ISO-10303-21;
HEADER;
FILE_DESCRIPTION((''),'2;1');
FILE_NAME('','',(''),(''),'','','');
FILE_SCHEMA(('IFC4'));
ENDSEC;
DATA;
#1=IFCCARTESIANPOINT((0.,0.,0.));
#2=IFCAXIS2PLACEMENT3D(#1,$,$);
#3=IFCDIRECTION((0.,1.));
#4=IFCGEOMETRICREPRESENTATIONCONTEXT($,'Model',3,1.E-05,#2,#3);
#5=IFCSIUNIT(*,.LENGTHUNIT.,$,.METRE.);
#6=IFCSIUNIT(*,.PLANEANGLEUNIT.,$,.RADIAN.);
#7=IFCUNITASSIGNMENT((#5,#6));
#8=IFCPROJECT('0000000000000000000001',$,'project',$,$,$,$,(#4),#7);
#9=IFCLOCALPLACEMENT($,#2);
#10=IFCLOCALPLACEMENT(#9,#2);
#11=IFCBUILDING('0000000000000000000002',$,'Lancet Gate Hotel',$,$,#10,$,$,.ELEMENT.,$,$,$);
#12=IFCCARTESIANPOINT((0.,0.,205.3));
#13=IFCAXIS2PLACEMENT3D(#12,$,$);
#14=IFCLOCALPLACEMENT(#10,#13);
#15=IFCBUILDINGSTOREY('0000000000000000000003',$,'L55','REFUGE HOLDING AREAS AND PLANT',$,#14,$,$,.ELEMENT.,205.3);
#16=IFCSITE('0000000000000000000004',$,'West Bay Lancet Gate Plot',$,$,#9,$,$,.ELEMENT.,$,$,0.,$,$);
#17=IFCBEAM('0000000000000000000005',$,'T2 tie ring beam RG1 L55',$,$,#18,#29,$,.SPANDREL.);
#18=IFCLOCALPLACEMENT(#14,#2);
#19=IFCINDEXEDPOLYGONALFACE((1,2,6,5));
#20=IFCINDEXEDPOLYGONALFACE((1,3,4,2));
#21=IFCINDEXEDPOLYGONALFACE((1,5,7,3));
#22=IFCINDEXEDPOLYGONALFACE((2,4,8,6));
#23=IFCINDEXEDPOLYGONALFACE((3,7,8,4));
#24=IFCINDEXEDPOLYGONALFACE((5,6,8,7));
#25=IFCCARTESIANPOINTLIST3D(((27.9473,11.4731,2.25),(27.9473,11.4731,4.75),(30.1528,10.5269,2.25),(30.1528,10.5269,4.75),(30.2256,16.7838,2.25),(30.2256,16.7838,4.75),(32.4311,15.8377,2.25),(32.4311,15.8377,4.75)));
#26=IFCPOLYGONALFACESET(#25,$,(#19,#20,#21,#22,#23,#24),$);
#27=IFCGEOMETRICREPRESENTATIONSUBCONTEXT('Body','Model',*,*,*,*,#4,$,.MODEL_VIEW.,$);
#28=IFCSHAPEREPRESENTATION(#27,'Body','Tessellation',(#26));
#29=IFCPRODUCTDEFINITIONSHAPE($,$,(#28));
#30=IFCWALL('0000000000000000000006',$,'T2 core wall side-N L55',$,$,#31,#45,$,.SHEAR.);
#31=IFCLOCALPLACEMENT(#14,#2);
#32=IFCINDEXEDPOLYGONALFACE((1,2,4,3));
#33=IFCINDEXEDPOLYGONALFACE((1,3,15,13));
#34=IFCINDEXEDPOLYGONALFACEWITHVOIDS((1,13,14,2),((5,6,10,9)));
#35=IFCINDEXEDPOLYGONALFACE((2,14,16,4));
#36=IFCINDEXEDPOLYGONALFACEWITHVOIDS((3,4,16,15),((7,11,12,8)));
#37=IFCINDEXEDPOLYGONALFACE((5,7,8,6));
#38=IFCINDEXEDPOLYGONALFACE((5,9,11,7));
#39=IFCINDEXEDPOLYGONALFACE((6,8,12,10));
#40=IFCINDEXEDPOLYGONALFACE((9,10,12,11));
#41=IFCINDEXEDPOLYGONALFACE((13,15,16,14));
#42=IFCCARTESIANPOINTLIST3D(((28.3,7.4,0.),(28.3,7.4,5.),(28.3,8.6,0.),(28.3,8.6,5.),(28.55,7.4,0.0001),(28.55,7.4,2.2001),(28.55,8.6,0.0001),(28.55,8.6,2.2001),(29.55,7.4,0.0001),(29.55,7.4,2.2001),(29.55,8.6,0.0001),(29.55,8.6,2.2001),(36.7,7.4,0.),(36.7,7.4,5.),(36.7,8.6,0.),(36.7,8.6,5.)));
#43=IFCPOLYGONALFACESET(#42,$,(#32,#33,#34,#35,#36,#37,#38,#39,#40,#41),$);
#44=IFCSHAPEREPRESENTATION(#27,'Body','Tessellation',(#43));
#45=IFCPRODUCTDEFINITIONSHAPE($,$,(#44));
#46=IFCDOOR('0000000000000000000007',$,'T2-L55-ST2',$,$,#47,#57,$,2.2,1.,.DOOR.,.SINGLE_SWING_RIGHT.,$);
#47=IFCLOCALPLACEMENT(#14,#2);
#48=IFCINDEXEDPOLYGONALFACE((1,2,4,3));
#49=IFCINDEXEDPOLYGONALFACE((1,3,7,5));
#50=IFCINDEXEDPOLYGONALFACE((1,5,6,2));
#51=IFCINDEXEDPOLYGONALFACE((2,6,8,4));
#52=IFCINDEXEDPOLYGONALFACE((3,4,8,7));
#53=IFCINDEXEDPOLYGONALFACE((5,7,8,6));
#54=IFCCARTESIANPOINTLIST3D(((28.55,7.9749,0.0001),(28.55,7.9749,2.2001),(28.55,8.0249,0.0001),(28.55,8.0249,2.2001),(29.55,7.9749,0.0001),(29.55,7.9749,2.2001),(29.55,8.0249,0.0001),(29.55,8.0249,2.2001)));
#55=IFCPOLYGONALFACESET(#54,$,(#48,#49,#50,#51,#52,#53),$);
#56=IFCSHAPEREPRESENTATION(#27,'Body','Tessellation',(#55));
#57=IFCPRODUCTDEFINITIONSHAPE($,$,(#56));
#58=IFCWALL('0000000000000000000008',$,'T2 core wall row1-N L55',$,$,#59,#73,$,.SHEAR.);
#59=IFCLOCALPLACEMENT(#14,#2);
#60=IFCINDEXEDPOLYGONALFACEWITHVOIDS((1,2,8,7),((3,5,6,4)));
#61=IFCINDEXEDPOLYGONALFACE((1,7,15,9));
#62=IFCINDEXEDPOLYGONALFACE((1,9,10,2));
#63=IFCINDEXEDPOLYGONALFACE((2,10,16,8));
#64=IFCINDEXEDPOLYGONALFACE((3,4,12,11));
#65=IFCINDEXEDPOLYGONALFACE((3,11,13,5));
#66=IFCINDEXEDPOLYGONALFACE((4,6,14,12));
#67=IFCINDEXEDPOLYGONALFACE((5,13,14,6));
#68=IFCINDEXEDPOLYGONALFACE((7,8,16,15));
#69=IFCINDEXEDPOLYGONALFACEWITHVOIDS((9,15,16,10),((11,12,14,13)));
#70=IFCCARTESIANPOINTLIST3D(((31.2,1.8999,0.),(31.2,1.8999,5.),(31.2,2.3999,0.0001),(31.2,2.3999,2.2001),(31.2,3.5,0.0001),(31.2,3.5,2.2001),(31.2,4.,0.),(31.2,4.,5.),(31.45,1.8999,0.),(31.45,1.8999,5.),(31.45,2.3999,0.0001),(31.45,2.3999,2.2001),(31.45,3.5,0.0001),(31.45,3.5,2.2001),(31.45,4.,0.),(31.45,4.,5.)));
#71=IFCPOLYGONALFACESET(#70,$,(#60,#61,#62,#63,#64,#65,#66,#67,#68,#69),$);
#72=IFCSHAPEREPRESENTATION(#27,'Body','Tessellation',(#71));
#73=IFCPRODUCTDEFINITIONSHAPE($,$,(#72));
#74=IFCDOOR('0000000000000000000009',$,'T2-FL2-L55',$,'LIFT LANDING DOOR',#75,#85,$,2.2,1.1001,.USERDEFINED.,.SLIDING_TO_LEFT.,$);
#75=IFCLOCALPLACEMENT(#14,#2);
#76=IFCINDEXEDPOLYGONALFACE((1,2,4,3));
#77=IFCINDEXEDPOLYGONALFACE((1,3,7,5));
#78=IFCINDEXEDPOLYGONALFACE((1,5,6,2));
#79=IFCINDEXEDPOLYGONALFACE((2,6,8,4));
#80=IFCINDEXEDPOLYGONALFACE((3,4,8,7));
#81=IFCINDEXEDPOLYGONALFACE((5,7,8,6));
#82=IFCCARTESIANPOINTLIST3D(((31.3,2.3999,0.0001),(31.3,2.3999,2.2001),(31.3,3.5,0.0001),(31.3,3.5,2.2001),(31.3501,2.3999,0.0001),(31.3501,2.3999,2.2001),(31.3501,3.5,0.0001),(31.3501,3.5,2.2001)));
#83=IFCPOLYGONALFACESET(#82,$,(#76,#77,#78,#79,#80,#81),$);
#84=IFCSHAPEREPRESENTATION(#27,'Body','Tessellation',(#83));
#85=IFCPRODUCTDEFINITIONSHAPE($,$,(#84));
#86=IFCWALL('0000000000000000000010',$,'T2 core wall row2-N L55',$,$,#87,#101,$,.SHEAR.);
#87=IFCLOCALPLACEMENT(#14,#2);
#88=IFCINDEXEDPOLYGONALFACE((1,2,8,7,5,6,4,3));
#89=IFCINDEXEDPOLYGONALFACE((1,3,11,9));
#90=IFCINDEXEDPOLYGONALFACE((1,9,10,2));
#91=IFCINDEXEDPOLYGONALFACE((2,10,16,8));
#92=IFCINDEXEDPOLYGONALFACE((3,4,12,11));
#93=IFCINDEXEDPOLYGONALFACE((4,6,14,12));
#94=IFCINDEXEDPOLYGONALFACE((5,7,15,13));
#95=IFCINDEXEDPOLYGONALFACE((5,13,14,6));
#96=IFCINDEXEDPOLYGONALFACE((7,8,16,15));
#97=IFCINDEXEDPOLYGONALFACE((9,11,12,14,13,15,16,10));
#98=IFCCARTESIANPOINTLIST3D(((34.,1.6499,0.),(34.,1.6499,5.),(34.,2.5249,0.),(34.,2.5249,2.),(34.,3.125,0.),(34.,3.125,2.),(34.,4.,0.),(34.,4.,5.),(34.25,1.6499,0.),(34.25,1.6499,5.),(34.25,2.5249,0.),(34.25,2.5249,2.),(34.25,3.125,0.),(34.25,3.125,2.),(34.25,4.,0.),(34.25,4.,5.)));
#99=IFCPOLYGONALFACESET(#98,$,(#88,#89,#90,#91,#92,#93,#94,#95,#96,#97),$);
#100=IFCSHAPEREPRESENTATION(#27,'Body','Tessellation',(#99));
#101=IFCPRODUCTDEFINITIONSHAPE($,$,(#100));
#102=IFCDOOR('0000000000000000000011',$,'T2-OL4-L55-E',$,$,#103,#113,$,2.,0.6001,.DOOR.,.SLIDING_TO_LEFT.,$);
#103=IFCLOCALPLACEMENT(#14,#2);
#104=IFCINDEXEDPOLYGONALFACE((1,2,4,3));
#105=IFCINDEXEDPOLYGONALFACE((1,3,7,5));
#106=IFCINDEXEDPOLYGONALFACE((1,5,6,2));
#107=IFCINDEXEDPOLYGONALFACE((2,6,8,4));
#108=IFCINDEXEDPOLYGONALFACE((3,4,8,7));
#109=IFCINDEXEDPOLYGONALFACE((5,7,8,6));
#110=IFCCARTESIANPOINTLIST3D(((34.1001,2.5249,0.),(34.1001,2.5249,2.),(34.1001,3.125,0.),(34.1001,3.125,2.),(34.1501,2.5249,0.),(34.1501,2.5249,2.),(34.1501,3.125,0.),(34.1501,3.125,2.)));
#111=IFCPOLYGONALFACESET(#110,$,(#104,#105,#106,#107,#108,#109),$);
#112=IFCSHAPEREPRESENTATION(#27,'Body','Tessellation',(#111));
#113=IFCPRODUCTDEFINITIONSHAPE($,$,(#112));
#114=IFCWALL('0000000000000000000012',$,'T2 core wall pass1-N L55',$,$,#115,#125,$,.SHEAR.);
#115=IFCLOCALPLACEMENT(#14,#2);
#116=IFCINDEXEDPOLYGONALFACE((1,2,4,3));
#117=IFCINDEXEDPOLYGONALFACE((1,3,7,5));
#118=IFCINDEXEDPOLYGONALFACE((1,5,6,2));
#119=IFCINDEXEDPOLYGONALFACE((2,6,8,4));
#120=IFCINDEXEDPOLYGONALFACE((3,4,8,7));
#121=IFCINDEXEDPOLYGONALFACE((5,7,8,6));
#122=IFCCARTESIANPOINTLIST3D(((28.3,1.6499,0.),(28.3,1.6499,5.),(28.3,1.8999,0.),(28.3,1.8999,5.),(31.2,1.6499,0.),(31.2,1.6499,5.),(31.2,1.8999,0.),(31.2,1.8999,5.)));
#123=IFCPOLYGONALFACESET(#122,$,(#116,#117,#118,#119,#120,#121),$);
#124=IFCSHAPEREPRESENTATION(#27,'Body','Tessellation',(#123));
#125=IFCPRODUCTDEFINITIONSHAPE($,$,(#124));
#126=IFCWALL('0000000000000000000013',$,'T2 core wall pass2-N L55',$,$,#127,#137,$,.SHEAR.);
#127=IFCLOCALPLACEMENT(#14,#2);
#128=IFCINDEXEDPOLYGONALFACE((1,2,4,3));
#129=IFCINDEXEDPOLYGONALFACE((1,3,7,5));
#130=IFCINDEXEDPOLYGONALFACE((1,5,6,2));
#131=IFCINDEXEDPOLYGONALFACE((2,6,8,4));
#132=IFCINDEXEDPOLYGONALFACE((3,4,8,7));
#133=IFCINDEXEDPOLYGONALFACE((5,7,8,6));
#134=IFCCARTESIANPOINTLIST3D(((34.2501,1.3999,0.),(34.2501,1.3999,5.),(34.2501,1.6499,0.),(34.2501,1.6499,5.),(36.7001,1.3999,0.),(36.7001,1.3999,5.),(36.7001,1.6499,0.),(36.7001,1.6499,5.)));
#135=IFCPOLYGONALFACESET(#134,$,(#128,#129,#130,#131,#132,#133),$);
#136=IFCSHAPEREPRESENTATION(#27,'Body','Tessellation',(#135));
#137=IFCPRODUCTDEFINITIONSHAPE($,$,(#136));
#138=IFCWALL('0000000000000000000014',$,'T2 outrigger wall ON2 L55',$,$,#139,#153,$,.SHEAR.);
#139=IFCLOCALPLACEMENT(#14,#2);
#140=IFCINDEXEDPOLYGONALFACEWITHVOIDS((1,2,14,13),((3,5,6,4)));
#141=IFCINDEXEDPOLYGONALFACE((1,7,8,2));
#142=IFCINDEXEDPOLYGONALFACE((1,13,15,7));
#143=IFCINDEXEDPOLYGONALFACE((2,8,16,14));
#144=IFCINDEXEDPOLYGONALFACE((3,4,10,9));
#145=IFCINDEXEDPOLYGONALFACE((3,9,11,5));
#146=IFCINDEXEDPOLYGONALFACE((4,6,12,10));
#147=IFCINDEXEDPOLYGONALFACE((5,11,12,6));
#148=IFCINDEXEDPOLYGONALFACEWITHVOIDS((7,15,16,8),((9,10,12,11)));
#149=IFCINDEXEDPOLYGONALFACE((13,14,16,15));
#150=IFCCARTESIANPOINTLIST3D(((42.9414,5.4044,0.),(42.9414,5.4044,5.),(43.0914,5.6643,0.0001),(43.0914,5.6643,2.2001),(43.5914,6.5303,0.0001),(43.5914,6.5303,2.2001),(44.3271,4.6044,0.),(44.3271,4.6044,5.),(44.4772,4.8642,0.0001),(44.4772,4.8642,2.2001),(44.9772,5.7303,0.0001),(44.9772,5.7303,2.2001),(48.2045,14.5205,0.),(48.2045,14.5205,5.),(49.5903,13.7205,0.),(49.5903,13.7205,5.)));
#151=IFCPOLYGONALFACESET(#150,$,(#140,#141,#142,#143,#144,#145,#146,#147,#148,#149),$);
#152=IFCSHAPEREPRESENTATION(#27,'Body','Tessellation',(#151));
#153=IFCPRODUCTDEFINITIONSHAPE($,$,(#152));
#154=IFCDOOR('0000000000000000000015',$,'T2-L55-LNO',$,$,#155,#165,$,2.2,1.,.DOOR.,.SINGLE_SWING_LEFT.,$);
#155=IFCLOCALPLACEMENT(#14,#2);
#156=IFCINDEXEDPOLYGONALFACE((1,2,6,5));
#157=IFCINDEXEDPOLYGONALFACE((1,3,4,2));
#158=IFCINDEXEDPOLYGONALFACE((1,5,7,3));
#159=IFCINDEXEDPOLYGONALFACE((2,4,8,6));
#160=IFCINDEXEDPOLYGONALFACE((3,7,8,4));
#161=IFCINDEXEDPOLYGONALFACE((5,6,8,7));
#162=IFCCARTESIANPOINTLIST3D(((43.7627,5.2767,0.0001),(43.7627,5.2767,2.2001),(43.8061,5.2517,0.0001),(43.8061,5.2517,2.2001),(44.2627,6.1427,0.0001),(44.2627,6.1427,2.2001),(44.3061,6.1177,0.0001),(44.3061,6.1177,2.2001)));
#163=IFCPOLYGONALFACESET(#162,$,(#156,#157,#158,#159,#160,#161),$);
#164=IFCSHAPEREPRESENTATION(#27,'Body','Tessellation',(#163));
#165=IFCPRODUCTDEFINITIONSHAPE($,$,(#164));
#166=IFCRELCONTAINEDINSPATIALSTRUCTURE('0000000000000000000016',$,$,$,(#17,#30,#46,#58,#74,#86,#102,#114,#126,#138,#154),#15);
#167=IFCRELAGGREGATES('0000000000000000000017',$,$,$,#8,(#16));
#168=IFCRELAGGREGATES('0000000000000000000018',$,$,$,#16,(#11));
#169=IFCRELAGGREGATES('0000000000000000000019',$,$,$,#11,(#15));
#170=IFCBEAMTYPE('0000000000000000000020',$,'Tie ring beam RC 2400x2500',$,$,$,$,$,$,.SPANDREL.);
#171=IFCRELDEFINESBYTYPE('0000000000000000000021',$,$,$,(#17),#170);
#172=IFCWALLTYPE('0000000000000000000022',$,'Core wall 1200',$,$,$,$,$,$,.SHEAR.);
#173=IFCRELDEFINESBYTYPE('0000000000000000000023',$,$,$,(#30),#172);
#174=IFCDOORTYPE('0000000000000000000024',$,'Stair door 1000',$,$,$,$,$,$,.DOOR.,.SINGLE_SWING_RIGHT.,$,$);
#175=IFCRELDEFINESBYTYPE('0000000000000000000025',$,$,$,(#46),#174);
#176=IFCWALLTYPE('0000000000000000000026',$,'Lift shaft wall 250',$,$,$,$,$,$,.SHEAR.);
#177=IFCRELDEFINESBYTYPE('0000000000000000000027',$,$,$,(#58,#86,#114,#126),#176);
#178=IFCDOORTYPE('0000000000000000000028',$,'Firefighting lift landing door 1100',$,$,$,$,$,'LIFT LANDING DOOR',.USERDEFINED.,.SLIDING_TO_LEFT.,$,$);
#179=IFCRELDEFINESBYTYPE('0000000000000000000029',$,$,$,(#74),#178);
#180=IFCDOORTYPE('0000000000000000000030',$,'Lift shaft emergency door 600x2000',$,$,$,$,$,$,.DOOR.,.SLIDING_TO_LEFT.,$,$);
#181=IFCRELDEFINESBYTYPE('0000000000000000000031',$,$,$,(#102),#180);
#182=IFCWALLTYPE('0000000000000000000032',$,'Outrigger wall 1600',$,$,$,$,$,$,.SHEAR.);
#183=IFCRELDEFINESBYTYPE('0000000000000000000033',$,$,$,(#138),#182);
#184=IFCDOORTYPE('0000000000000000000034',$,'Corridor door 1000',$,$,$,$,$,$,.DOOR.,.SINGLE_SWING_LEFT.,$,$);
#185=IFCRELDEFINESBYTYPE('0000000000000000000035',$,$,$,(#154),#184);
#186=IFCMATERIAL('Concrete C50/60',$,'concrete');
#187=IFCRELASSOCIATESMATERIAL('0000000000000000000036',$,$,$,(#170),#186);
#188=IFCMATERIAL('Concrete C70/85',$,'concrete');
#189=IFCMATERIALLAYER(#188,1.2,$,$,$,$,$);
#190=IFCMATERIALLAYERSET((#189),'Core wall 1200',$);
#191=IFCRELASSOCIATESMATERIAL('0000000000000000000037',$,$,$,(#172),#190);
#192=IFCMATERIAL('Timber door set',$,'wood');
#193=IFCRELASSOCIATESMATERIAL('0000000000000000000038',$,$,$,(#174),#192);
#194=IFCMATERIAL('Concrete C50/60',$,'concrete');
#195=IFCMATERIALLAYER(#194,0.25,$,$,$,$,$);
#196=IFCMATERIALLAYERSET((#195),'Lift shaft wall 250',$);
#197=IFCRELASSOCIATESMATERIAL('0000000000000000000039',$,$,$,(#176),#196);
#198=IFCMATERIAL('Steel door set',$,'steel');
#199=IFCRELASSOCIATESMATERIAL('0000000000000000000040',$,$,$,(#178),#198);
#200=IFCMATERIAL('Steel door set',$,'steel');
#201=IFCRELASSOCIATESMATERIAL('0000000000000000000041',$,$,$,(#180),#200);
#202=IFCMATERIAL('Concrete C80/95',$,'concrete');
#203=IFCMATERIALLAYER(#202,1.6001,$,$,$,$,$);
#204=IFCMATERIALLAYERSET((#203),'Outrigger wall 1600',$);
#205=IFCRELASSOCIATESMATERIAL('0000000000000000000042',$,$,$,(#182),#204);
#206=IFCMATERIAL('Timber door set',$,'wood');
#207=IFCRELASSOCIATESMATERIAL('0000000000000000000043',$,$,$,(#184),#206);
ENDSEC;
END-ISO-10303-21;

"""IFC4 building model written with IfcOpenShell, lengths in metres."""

from ifc_helpers import new_model, si_unit, direction, frame, frame_2d, origin, origin_2d, place, context, subcontext, project, spatial, rectangle, extrude, material, layer, layer_set, material_profile, profile_set, type_object, element, fill, save


model = new_model("IFC4")

# Units and contexts
model_context = context("Model", 3, precision=1e-05, world=origin(), true_north=direction((0.0, 1.0)))
body_context = subcontext(model_context, "Body", "Model", "MODEL_VIEW")
ifc_project = project(units=[si_unit("LENGTHUNIT", "METRE"), si_unit("PLANEANGLEUNIT", "RADIAN")], contexts=[model_context])

# Site, building, storey
site_placement = place(None, origin())
site = spatial("IfcSite", under=ifc_project, at=site_placement, Name="West Bay Lancet Gate Plot", CompositionType="ELEMENT", RefElevation=0.0)
building_placement = place(site_placement, origin())
building = spatial("IfcBuilding", under=site, at=building_placement, Name="Lancet Gate Hotel", CompositionType="ELEMENT")
storey_placement = place(building_placement, frame((0.0, 0.0, 205.3)))
storey = spatial("IfcBuildingStorey", under=building, at=storey_placement, Name="L55", Description="REFUGE HOLDING AREAS AND PLANT", CompositionType="ELEMENT", Elevation=205.3)

# Beam
ifc_material_1 = material(Name="Concrete C50/60", Category="concrete")
ifc_material_profile_1 = material_profile(ifc_material_1, rectangle(XDim=2.3999, YDim=2.5, at=origin_2d()), Name="RC 2400x2500")
ifc_profile_set_1 = profile_set([ifc_material_profile_1], Name="Concrete C50/60")
beam_type_1 = type_object("IfcBeamType", Name="Tie ring beam RC 2400x2500", PredefinedType="SPANDREL", material=ifc_profile_set_1)
beam_1_placement = place(storey_placement, frame((29.05, 11.0, 3.5), z_axis=(0.394251, 0.919003, 0.0), x_axis=(-0.919003, 0.394251, 0.0)))
element("IfcBeam", 1, at=beam_1_placement, inside=storey, type_object=beam_type_1, Name="T2 tie ring beam RG1 L55", PredefinedType="SPANDREL", context=body_context, shape_type="SweptSolid", body=[
    extrude(rectangle(XDim=2.3999, YDim=2.5, at=origin_2d()), origin(), (0.0, 0.0, 1.0), 5.7788),
])

# Walls, openings, doors
ifc_material_2 = material(Name="Concrete C70/85", Category="concrete")
ifc_layer_1 = layer(ifc_material_2, 1.2)
ifc_layer_set_1 = layer_set([ifc_layer_1], Name="Core wall 1200")
wall_type_1 = type_object("IfcWallType", Name="Core wall 1200", PredefinedType="SHEAR", material=ifc_layer_set_1)
wall_1_placement = place(storey_placement, frame((28.3, 8.0, 0.0), z_axis=(0.0, 0.0, 1.0), x_axis=(1.0, 0.0, 0.0)))
wall_1 = element("IfcWall", 2, at=wall_1_placement, inside=storey, type_object=wall_type_1, Name="T2 core wall side-N L55", PredefinedType="SHEAR", context=body_context, shape_type="SweptSolid", body=[
    extrude(rectangle(XDim=8.3999, YDim=1.2, at=frame_2d((4.2, 0.0))), origin(), (0.0, 0.0, 1.0), 5.0),
])
opening_1_placement = place(wall_1_placement, frame((0.25, 0.0, 0.0)))
opening_1 = element("IfcOpeningElement", 3, at=opening_1_placement, cuts=wall_1, PredefinedType="OPENING", context=body_context, shape_type="SweptSolid", body=[
    extrude(rectangle(XDim=1.0, YDim=2.2, at=frame_2d((0.5, 1.1001))), frame((0.0, 0.6099, 0.0), z_axis=(0.0, -1.0, 0.0), x_axis=(1.0, 0.0, 0.0)), (0.0, 0.0, 1.0), 1.22),
])
ifc_material_3 = material(Name="Timber door set", Category="wood")
door_type_1 = type_object("IfcDoorType", Name="Stair door 1000", OperationType="SINGLE_SWING_RIGHT", PredefinedType="DOOR", material=ifc_material_3)
door_1_placement = place(opening_1_placement, origin())
door_1 = element("IfcDoor", 4, at=door_1_placement, inside=storey, type_object=door_type_1, Name="T2-L55-ST2", OperationType="SINGLE_SWING_RIGHT", OverallHeight=2.2, OverallWidth=1.0, PredefinedType="DOOR", context=body_context, shape_type="SweptSolid", body=[
    extrude(rectangle(XDim=1.0, YDim=2.2, at=frame_2d((0.5, 1.1001))), frame((0.0, 0.0249, 0.0), z_axis=(0.0, -1.0, 0.0), x_axis=(1.0, 0.0, 0.0)), (0.0, 0.0, 1.0), 0.05),
])
fill(opening_1, door_1)
ifc_material_4 = material(Name="Concrete C50/60", Category="concrete")
ifc_layer_2 = layer(ifc_material_4, 0.25)
ifc_layer_set_2 = layer_set([ifc_layer_2], Name="Lift shaft wall 250")
wall_type_2 = type_object("IfcWallType", Name="Lift shaft wall 250", PredefinedType="SHEAR", material=ifc_layer_set_2)
wall_2_placement = place(storey_placement, frame((31.325, 1.8999, 0.0), z_axis=(0.0, 0.0, 1.0), x_axis=(0.0, 1.0, 0.0)))
wall_2 = element("IfcWall", 5, at=wall_2_placement, inside=storey, type_object=wall_type_2, Name="T2 core wall row1-N L55", PredefinedType="SHEAR", context=body_context, shape_type="SweptSolid", body=[
    extrude(rectangle(XDim=2.1001, YDim=0.25, at=frame_2d((1.05, 0.0))), origin(), (0.0, 0.0, 1.0), 5.0),
])
opening_2_placement = place(wall_2_placement, frame((0.5, 0.0, 0.0)))
opening_2 = element("IfcOpeningElement", 6, at=opening_2_placement, cuts=wall_2, PredefinedType="OPENING", context=body_context, shape_type="SweptSolid", body=[
    extrude(rectangle(XDim=1.1001, YDim=2.2, at=frame_2d((0.55, 1.1001))), frame((0.0, 0.135, 0.0), z_axis=(0.0, -1.0, 0.0), x_axis=(1.0, 0.0, 0.0)), (0.0, 0.0, 1.0), 0.27),
])
ifc_material_5 = material(Name="Steel door set", Category="steel")
door_type_2 = type_object("IfcDoorType", Name="Firefighting lift landing door 1100", ElementType="LIFT LANDING DOOR", OperationType="SLIDING_TO_LEFT", PredefinedType="USERDEFINED", material=ifc_material_5)
door_2_placement = place(opening_2_placement, origin())
door_2 = element("IfcDoor", 7, at=door_2_placement, inside=storey, type_object=door_type_2, Name="T2-FL2-L55", ObjectType="LIFT LANDING DOOR", OperationType="SLIDING_TO_LEFT", OverallHeight=2.2, OverallWidth=1.1001, PredefinedType="USERDEFINED", context=body_context, shape_type="SweptSolid", body=[
    extrude(rectangle(XDim=1.1001, YDim=2.2, at=frame_2d((0.55, 1.1001))), frame((0.0, 0.0249, 0.0), z_axis=(0.0, -1.0, 0.0), x_axis=(1.0, 0.0, 0.0)), (0.0, 0.0, 1.0), 0.05),
])
fill(opening_2, door_2)
wall_3_placement = place(storey_placement, frame((34.125, 1.6499, 0.0), z_axis=(0.0, 0.0, 1.0), x_axis=(0.0, 1.0, 0.0)))
wall_3 = element("IfcWall", 8, at=wall_3_placement, inside=storey, type_object=wall_type_2, Name="T2 core wall row2-N L55", PredefinedType="SHEAR", context=body_context, shape_type="SweptSolid", body=[
    extrude(rectangle(XDim=2.3501, YDim=0.25, at=frame_2d((1.175, 0.0))), origin(), (0.0, 0.0, 1.0), 5.0),
])
opening_3_placement = place(wall_3_placement, frame((0.875, 0.0, 0.0)))
opening_3 = element("IfcOpeningElement", 9, at=opening_3_placement, cuts=wall_3, PredefinedType="OPENING", context=body_context, shape_type="SweptSolid", body=[
    extrude(rectangle(XDim=0.6001, YDim=2.0, at=frame_2d((0.3, 1.0))), frame((0.0, 0.135, 0.0), z_axis=(0.0, -1.0, 0.0), x_axis=(1.0, 0.0, 0.0)), (0.0, 0.0, 1.0), 0.27),
])
ifc_material_6 = material(Name="Steel door set", Category="steel")
door_type_3 = type_object("IfcDoorType", Name="Lift shaft emergency door 600x2000", OperationType="SLIDING_TO_LEFT", PredefinedType="DOOR", material=ifc_material_6)
door_3_placement = place(opening_3_placement, origin())
door_3 = element("IfcDoor", 10, at=door_3_placement, inside=storey, type_object=door_type_3, Name="T2-OL4-L55-E", OperationType="SLIDING_TO_LEFT", OverallHeight=2.0, OverallWidth=0.6001, PredefinedType="DOOR", context=body_context, shape_type="SweptSolid", body=[
    extrude(rectangle(XDim=0.6001, YDim=2.0, at=frame_2d((0.3, 1.0))), frame((0.0, 0.0249, 0.0), z_axis=(0.0, -1.0, 0.0), x_axis=(1.0, 0.0, 0.0)), (0.0, 0.0, 1.0), 0.05),
])
fill(opening_3, door_3)

# Walls
wall_4_placement = place(storey_placement, frame((28.3, 1.7749, 0.0), z_axis=(0.0, 0.0, 1.0), x_axis=(1.0, 0.0, 0.0)))
element("IfcWall", 11, at=wall_4_placement, inside=storey, type_object=wall_type_2, Name="T2 core wall pass1-N L55", PredefinedType="SHEAR", context=body_context, shape_type="SweptSolid", body=[
    extrude(rectangle(XDim=2.8999, YDim=0.25, at=frame_2d((1.45, 0.0))), origin(), (0.0, 0.0, 1.0), 5.0),
])
wall_5_placement = place(storey_placement, frame((34.25, 1.5249, 0.0), z_axis=(0.0, 0.0, 1.0), x_axis=(1.0, 0.0, 0.0)))
element("IfcWall", 12, at=wall_5_placement, inside=storey, type_object=wall_type_2, Name="T2 core wall pass2-N L55", PredefinedType="SHEAR", context=body_context, shape_type="SweptSolid", body=[
    extrude(rectangle(XDim=2.45, YDim=0.25, at=frame_2d((1.2251, 0.0))), origin(), (0.0, 0.0, 1.0), 5.0),
])

# Wall, opening, door
ifc_material_7 = material(Name="Concrete C80/95", Category="concrete")
ifc_layer_3 = layer(ifc_material_7, 1.6001)
ifc_layer_set_3 = layer_set([ifc_layer_3], Name="Outrigger wall 1600")
wall_type_3 = type_object("IfcWallType", Name="Outrigger wall 1600", PredefinedType="SHEAR", material=ifc_layer_set_3)
wall_6_placement = place(storey_placement, frame((43.6343, 5.0044, 0.0), z_axis=(0.0, 0.0, 1.0), x_axis=(0.499995, 0.866028, 0.0)))
wall_6 = element("IfcWall", 13, at=wall_6_placement, inside=storey, type_object=wall_type_3, Name="T2 outrigger wall ON2 L55", PredefinedType="SHEAR", context=body_context, shape_type="SweptSolid", body=[
    extrude(rectangle(XDim=10.5264, YDim=1.6001, at=frame_2d((5.2632, 0.0))), origin(), (0.0, 0.0, 1.0), 5.0),
])
opening_4_placement = place(wall_6_placement, frame((0.3, 0.0, 0.0)))
opening_4 = element("IfcOpeningElement", 14, at=opening_4_placement, cuts=wall_6, PredefinedType="OPENING", context=body_context, shape_type="SweptSolid", body=[
    extrude(rectangle(XDim=1.0, YDim=2.2, at=frame_2d((0.5, 1.1001))), frame((0.0, 0.8101, 0.0), z_axis=(0.0, -1.0, 0.0), x_axis=(1.0, 0.0, 0.0)), (0.0, 0.0, 1.0), 1.6201),
])
ifc_material_8 = material(Name="Timber door set", Category="wood")
door_type_4 = type_object("IfcDoorType", Name="Corridor door 1000", OperationType="SINGLE_SWING_LEFT", PredefinedType="DOOR", material=ifc_material_8)
door_4_placement = place(opening_4_placement, origin())
door_4 = element("IfcDoor", 15, at=door_4_placement, inside=storey, type_object=door_type_4, Name="T2-L55-LNO", OperationType="SINGLE_SWING_LEFT", OverallHeight=2.2, OverallWidth=1.0, PredefinedType="DOOR", context=body_context, shape_type="SweptSolid", body=[
    extrude(rectangle(XDim=1.0, YDim=2.2, at=frame_2d((0.5, 1.1001))), frame((0.0, 0.0249, 0.0), z_axis=(0.0, -1.0, 0.0), x_axis=(1.0, 0.0, 0.0)), (0.0, 0.0, 1.0), 0.05),
])
fill(opening_4, door_4)

save(model, "model.ifc")
